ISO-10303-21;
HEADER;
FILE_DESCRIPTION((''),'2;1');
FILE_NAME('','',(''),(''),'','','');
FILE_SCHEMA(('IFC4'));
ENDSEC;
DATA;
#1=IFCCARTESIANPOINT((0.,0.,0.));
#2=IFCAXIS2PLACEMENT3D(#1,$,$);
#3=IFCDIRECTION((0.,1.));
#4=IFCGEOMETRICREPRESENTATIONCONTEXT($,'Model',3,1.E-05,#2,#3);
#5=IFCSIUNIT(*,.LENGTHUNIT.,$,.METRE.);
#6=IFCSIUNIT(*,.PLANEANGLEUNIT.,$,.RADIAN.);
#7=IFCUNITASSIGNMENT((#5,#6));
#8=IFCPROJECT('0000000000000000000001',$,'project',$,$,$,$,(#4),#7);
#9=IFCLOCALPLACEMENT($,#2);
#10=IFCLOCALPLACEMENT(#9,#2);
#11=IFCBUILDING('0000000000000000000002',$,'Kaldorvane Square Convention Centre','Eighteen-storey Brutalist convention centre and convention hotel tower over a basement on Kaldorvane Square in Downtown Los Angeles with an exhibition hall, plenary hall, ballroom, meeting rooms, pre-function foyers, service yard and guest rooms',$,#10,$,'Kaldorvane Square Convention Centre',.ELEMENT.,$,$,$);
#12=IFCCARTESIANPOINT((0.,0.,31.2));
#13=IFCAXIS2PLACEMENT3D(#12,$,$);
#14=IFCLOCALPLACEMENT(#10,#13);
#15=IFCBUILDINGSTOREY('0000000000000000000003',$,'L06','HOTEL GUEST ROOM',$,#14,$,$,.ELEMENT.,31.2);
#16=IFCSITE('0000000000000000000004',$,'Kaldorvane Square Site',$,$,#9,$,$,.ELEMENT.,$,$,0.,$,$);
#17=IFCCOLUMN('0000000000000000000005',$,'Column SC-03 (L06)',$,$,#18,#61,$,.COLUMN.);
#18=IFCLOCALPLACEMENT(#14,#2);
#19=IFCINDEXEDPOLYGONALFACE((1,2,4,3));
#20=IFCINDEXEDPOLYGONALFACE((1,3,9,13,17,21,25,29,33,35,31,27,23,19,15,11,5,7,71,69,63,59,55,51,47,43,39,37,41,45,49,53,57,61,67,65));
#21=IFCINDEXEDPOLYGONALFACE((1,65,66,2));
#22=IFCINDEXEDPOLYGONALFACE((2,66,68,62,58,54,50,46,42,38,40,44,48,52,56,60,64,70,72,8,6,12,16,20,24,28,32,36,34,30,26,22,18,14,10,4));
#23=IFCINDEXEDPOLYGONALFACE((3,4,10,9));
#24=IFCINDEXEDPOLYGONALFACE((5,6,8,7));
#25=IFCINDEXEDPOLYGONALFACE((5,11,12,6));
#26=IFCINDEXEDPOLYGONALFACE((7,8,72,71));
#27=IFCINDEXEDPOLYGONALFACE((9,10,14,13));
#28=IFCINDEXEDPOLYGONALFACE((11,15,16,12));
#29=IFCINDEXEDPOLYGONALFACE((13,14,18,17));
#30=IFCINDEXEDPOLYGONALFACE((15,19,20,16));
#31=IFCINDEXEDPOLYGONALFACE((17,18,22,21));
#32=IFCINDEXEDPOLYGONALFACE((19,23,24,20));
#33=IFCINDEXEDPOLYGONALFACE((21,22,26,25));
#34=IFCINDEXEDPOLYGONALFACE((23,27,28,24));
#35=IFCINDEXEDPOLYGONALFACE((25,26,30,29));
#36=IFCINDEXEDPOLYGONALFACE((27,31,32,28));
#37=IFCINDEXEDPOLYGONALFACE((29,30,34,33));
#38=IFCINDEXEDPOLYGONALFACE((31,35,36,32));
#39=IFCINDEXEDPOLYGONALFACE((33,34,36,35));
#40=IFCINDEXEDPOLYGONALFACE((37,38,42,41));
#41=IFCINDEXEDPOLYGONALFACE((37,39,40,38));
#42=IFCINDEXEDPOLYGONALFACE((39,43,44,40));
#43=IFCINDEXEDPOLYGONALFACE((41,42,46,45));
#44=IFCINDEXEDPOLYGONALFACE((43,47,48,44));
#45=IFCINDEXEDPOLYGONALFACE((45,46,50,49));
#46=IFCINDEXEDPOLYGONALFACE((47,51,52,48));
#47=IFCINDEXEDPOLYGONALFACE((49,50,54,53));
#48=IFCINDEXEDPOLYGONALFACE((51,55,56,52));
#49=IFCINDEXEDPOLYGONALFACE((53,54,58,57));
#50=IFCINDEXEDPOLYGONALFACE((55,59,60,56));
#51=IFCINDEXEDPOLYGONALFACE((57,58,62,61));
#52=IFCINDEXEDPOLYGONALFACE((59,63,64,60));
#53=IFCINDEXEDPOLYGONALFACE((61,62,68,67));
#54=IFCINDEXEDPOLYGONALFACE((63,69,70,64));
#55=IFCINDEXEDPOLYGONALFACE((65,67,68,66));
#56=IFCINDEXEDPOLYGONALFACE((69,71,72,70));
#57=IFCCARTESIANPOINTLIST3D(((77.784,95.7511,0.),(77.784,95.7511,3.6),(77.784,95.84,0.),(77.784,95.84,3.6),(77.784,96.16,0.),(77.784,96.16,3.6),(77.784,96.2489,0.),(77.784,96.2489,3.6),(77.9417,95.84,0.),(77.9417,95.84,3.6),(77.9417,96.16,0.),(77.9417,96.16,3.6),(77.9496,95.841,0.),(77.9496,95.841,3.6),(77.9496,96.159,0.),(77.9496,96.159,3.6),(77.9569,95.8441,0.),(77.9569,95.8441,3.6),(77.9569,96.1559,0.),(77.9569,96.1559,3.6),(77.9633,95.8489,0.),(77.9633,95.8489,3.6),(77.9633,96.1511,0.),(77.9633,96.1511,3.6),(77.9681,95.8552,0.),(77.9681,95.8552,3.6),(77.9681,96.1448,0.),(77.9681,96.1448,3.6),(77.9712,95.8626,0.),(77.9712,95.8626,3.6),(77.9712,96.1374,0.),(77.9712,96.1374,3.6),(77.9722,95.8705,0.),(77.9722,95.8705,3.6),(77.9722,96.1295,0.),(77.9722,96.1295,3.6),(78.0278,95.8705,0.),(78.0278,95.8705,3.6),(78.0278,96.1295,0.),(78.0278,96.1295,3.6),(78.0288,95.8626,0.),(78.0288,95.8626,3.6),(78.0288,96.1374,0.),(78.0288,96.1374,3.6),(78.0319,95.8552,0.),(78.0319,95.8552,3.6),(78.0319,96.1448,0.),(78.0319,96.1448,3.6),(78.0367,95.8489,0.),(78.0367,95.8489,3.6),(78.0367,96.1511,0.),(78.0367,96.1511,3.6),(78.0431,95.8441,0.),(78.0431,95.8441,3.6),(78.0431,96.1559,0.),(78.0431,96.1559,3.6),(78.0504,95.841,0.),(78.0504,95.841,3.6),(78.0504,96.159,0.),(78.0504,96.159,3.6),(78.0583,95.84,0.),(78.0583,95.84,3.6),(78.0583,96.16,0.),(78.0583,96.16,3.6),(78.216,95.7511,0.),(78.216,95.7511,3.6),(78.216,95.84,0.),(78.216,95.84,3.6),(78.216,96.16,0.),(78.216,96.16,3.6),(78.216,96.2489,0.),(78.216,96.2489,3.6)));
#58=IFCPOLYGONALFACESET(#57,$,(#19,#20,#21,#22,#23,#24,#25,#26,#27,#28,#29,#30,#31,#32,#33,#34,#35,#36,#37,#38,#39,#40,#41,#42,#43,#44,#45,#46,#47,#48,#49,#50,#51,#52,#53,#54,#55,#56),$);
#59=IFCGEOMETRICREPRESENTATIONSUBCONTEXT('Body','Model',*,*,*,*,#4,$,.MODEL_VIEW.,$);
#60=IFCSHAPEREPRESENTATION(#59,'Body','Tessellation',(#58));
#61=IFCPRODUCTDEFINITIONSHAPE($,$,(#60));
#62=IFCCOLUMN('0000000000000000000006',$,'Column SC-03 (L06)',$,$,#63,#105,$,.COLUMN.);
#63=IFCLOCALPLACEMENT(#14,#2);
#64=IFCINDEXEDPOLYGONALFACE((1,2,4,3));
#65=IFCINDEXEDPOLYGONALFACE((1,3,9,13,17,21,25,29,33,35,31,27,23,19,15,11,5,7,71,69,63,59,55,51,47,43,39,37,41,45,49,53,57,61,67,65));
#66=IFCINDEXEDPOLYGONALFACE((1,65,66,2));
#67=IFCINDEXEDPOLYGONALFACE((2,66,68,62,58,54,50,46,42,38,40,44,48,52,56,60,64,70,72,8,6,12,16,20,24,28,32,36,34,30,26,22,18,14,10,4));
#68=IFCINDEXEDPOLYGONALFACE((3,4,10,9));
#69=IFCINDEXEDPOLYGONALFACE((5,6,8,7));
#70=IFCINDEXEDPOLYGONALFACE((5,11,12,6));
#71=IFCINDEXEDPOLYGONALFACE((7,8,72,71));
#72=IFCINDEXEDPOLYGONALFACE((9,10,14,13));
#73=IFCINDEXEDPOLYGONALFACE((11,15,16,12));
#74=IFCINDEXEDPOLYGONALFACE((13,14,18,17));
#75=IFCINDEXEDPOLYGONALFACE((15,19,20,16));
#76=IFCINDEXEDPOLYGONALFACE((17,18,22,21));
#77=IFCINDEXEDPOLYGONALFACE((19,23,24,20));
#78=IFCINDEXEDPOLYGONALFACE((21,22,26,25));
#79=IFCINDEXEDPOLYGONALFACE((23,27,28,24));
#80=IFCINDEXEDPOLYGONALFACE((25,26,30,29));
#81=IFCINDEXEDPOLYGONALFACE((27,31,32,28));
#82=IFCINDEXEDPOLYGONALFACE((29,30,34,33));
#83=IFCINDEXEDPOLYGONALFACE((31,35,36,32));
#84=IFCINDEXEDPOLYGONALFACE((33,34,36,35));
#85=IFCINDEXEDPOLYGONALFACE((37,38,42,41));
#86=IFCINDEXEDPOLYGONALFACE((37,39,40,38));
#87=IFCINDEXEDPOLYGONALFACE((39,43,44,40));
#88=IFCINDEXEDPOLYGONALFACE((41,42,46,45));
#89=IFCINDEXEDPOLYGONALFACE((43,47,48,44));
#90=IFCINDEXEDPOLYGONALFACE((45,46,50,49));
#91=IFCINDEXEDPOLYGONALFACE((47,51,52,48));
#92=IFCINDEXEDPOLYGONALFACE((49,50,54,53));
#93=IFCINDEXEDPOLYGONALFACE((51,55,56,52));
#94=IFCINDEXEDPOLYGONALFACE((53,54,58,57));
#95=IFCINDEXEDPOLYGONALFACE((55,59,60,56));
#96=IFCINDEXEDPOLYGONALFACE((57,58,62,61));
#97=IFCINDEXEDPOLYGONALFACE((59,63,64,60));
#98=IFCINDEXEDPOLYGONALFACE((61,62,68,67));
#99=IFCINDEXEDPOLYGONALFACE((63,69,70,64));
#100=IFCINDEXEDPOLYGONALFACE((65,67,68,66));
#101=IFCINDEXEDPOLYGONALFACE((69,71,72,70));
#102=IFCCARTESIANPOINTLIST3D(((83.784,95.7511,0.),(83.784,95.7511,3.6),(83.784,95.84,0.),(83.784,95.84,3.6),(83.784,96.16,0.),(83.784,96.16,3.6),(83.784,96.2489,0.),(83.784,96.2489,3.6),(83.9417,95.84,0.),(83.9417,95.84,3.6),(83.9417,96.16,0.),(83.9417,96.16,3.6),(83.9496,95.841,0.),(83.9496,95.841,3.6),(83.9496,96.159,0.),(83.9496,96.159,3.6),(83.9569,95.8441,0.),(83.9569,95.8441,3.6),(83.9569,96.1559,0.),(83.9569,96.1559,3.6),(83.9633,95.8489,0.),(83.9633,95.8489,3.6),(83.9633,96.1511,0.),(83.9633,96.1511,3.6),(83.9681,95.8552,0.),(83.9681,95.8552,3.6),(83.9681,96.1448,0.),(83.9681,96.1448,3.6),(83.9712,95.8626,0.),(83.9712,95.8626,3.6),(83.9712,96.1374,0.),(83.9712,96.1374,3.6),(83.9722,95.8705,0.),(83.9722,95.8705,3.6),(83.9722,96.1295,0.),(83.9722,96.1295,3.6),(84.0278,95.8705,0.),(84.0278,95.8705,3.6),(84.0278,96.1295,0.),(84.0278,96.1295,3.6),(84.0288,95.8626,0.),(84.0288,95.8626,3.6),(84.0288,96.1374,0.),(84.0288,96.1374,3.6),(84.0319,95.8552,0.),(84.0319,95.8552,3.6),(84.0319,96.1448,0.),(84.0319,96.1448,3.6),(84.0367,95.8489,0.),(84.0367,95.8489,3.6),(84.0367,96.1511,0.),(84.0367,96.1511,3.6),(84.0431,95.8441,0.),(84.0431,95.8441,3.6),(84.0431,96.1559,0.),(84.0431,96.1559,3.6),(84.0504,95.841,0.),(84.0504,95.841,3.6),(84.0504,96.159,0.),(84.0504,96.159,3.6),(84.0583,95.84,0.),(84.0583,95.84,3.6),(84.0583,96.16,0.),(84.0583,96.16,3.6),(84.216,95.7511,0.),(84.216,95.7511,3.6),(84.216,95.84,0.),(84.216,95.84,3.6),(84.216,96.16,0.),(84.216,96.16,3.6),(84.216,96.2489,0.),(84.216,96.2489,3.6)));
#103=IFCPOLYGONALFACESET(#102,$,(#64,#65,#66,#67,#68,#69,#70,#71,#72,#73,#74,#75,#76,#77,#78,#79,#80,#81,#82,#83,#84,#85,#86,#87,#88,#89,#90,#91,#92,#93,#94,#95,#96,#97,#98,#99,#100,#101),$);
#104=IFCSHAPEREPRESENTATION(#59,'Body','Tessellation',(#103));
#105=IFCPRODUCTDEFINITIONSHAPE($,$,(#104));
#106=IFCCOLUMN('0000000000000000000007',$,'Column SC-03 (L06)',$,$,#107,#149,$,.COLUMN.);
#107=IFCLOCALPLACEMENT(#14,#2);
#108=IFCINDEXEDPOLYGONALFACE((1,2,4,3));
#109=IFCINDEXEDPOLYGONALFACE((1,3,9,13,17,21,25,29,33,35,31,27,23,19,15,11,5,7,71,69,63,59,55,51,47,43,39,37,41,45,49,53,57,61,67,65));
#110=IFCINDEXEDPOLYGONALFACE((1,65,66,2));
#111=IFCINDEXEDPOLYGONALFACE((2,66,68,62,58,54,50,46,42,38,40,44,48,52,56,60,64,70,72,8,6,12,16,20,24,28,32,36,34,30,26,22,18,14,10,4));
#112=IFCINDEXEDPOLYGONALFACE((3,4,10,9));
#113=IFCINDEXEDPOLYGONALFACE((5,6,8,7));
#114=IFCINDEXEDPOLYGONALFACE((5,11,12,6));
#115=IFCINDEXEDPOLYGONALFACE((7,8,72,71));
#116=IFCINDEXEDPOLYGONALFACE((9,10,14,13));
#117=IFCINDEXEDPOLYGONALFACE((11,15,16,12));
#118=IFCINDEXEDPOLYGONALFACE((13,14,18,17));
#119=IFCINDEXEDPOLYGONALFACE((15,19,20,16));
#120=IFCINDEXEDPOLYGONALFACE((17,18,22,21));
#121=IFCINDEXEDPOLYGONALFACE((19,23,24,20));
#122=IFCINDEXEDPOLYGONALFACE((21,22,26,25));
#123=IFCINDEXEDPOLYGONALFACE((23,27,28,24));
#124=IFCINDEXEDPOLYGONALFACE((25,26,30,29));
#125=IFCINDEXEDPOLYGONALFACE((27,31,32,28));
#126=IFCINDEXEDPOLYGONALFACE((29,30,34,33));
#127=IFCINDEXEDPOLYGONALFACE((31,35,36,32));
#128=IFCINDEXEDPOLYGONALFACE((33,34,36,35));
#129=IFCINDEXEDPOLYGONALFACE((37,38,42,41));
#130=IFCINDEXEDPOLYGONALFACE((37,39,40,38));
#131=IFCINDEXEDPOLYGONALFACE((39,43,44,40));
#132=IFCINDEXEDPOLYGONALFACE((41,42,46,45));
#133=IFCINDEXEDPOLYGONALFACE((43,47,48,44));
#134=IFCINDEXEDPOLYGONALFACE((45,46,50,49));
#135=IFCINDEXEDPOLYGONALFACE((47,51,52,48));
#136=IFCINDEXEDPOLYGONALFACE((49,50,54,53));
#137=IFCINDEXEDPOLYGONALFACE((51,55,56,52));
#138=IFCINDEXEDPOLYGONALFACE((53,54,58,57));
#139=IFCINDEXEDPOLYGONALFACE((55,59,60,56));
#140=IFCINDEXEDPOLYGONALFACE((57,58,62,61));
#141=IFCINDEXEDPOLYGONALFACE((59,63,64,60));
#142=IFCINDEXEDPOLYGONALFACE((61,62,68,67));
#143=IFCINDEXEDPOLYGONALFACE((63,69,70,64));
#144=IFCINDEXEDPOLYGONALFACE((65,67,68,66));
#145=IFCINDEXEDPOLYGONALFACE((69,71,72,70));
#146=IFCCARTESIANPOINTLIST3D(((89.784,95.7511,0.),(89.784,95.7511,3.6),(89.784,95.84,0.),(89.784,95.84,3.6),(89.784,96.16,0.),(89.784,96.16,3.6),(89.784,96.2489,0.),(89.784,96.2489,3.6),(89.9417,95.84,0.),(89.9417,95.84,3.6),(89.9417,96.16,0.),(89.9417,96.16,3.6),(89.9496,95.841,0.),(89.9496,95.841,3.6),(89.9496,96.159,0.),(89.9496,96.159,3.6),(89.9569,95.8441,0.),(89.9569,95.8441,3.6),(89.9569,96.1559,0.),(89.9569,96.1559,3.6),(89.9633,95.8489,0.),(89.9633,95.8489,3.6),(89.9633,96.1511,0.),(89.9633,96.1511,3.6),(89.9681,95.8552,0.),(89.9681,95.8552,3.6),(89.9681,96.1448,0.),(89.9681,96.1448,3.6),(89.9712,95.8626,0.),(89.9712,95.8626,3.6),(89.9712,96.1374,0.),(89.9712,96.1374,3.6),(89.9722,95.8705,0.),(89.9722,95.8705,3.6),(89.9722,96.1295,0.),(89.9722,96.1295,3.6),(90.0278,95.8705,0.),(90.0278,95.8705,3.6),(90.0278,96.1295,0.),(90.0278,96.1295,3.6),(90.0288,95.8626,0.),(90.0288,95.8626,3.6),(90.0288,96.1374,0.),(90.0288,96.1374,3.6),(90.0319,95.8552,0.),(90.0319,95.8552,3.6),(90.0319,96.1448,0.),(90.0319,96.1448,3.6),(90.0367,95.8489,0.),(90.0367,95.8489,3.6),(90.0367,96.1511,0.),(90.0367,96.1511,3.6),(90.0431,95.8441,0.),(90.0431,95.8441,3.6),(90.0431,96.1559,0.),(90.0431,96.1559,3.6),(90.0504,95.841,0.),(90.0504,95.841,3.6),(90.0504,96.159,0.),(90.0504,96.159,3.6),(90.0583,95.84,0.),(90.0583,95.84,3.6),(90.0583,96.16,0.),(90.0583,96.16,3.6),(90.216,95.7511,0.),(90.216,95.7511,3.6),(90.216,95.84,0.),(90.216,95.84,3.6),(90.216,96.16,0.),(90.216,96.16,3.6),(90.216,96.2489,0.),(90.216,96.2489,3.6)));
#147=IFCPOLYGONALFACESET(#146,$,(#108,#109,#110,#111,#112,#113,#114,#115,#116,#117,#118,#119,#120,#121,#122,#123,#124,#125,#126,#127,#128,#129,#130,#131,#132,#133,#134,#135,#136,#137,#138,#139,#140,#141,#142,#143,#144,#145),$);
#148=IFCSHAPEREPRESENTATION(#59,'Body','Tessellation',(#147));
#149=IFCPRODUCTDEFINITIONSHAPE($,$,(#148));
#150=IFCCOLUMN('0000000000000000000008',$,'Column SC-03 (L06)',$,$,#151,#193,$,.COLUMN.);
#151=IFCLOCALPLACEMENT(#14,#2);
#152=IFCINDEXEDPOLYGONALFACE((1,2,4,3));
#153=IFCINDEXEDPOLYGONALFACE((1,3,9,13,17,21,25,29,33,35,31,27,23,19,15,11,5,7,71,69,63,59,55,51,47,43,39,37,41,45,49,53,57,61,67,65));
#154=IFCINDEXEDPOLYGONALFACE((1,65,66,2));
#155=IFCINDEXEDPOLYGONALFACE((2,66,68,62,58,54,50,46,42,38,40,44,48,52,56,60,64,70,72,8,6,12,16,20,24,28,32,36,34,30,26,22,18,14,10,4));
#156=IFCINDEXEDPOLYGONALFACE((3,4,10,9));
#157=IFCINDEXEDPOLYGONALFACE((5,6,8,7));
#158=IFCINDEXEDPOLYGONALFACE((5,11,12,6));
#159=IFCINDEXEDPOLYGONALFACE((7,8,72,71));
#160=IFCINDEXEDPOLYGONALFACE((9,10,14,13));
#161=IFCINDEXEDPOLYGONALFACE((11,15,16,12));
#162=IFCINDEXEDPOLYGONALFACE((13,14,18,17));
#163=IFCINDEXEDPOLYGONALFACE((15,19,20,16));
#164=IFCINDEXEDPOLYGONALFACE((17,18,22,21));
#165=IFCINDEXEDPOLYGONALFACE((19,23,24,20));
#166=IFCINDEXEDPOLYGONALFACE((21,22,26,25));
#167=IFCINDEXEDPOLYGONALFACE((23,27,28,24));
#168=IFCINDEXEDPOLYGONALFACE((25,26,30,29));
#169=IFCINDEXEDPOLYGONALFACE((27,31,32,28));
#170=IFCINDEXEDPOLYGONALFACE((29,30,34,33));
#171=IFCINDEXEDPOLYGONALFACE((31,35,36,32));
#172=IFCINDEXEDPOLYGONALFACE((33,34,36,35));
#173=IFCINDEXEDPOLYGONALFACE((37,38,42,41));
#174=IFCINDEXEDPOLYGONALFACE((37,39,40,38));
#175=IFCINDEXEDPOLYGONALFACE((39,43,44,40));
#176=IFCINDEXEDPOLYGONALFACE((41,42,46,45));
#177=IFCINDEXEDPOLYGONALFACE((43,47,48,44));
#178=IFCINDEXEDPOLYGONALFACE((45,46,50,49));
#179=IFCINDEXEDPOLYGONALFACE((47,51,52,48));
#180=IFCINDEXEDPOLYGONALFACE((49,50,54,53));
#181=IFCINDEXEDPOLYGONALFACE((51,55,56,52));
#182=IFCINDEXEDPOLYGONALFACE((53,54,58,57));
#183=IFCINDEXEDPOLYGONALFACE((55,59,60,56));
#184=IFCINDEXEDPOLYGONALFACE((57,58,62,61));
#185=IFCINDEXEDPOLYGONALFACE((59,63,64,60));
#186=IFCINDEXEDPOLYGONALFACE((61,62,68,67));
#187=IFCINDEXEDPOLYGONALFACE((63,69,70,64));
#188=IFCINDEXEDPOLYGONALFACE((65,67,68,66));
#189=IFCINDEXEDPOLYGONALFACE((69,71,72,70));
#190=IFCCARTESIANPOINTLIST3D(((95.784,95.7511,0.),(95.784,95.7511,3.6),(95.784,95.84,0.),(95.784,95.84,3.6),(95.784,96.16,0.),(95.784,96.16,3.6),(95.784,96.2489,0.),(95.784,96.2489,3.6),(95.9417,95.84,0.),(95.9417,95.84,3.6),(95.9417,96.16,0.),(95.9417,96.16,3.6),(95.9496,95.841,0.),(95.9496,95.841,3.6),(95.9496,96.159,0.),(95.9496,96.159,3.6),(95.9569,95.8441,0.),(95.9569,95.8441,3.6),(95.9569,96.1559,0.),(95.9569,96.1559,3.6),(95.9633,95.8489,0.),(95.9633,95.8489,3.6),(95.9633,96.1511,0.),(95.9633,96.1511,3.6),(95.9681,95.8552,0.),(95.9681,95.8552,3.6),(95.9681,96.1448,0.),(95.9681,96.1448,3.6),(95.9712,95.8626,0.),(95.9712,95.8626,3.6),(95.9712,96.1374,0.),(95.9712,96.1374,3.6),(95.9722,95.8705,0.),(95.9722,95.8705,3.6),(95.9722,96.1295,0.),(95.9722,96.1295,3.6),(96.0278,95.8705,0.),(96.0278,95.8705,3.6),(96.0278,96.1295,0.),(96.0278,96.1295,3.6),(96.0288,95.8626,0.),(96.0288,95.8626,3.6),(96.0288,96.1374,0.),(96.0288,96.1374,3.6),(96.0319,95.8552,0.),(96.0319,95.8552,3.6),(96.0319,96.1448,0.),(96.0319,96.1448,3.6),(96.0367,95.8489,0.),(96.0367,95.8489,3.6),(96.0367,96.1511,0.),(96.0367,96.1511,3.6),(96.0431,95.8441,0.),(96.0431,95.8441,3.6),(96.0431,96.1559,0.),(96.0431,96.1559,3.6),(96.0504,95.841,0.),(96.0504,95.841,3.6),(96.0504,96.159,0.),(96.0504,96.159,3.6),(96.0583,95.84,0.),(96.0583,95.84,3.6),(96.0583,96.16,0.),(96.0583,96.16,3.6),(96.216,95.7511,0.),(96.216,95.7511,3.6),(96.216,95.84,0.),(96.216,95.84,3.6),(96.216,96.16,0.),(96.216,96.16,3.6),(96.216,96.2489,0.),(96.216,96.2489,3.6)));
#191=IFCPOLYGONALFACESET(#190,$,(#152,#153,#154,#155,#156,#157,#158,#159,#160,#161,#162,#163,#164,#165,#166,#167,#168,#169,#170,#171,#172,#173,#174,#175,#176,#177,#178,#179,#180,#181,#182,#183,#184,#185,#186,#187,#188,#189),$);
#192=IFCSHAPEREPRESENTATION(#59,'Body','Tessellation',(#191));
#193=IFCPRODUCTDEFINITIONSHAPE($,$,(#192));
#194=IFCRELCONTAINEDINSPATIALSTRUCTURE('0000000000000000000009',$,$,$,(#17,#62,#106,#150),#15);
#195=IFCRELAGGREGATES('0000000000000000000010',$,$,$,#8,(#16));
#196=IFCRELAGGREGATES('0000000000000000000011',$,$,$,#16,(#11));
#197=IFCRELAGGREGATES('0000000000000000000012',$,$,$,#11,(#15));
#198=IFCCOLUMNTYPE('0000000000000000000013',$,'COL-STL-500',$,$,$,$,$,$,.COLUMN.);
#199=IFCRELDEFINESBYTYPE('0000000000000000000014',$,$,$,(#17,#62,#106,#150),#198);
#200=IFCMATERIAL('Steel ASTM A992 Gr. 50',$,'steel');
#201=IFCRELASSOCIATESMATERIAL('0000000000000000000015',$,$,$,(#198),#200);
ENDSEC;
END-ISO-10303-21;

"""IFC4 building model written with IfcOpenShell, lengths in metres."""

from ifc_helpers import new_model, si_unit, direction, frame, origin, origin_2d, place, context, subcontext, project, spatial, i_section, extrude, material, material_profile, profile_set, type_object, element, save


model = new_model("IFC4")

# Units and contexts
model_context = context("Model", 3, precision=1e-05, world=origin(), true_north=direction((0.0, 1.0)))
body_context = subcontext(model_context, "Body", "Model", "MODEL_VIEW")
ifc_project = project(units=[si_unit("LENGTHUNIT", "METRE"), si_unit("PLANEANGLEUNIT", "RADIAN")], contexts=[model_context])

# Site, building, storey
site_placement = place(None, origin())
site = spatial("IfcSite", under=ifc_project, at=site_placement, Name="Kaldorvane Square Site", CompositionType="ELEMENT", RefElevation=0.0)
building_placement = place(site_placement, origin())
building = spatial("IfcBuilding", under=site, at=building_placement, Name="Kaldorvane Square Convention Centre", Description="Eighteen-storey Brutalist convention centre and convention hotel tower over a basement on Kaldorvane Square in Downtown Los Angeles with an exhibition hall, plenary hall, ballroom, meeting rooms, pre-function foyers, service yard and guest rooms", LongName="Kaldorvane Square Convention Centre", CompositionType="ELEMENT")
storey_placement = place(building_placement, frame((0.0, 0.0, 31.2)))
storey = spatial("IfcBuildingStorey", under=building, at=storey_placement, Name="L06", Description="HOTEL GUEST ROOM", CompositionType="ELEMENT", Elevation=31.2)

# Columns
ifc_material_1 = material(Name="Steel ASTM A992 Gr. 50", Category="steel")
ifc_material_profile_1 = material_profile(ifc_material_1, i_section(OverallWidth=0.4321, OverallDepth=0.4978, WebThickness=0.0556, FlangeThickness=0.0889, FilletRadius=0.0305, at=origin_2d()), Name="W14X500")
ifc_profile_set_1 = profile_set([ifc_material_profile_1], Name="Steel ASTM A992 Gr. 50")
column_type = type_object("IfcColumnType", Name="COL-STL-500", PredefinedType="COLUMN", material=ifc_profile_set_1)
for number, where, z_axis, x_axis, name in (
    (1, (78.0, 96.0, 0.0), (0.0, 0.0, 1.0), (1.0, 0.0, 0.0), "Column SC-03 (L06)"),
    (2, (84.0, 96.0, 0.0), (0.0, 0.0, 1.0), (1.0, 0.0, 0.0), "Column SC-03 (L06)"),
    (3, (90.0, 96.0, 0.0), (0.0, 0.0, 1.0), (1.0, 0.0, 0.0), "Column SC-03 (L06)"),
    (4, (96.0, 96.0, 0.0), (0.0, 0.0, 1.0), (1.0, 0.0, 0.0), "Column SC-03 (L06)"),
):
    element("IfcColumn", number, at=place(storey_placement, frame(where, z_axis=z_axis, x_axis=x_axis)), inside=storey, type_object=column_type, Name=name, PredefinedType="COLUMN", context=body_context, shape_type="SweptSolid", body=[
        extrude(i_section(OverallWidth=0.4321, OverallDepth=0.4978, WebThickness=0.0556, FlangeThickness=0.0889, FilletRadius=0.0305, at=origin_2d()), origin(), (0.0, 0.0, 1.0), 3.6),
    ])

save(model, "model.ifc")
